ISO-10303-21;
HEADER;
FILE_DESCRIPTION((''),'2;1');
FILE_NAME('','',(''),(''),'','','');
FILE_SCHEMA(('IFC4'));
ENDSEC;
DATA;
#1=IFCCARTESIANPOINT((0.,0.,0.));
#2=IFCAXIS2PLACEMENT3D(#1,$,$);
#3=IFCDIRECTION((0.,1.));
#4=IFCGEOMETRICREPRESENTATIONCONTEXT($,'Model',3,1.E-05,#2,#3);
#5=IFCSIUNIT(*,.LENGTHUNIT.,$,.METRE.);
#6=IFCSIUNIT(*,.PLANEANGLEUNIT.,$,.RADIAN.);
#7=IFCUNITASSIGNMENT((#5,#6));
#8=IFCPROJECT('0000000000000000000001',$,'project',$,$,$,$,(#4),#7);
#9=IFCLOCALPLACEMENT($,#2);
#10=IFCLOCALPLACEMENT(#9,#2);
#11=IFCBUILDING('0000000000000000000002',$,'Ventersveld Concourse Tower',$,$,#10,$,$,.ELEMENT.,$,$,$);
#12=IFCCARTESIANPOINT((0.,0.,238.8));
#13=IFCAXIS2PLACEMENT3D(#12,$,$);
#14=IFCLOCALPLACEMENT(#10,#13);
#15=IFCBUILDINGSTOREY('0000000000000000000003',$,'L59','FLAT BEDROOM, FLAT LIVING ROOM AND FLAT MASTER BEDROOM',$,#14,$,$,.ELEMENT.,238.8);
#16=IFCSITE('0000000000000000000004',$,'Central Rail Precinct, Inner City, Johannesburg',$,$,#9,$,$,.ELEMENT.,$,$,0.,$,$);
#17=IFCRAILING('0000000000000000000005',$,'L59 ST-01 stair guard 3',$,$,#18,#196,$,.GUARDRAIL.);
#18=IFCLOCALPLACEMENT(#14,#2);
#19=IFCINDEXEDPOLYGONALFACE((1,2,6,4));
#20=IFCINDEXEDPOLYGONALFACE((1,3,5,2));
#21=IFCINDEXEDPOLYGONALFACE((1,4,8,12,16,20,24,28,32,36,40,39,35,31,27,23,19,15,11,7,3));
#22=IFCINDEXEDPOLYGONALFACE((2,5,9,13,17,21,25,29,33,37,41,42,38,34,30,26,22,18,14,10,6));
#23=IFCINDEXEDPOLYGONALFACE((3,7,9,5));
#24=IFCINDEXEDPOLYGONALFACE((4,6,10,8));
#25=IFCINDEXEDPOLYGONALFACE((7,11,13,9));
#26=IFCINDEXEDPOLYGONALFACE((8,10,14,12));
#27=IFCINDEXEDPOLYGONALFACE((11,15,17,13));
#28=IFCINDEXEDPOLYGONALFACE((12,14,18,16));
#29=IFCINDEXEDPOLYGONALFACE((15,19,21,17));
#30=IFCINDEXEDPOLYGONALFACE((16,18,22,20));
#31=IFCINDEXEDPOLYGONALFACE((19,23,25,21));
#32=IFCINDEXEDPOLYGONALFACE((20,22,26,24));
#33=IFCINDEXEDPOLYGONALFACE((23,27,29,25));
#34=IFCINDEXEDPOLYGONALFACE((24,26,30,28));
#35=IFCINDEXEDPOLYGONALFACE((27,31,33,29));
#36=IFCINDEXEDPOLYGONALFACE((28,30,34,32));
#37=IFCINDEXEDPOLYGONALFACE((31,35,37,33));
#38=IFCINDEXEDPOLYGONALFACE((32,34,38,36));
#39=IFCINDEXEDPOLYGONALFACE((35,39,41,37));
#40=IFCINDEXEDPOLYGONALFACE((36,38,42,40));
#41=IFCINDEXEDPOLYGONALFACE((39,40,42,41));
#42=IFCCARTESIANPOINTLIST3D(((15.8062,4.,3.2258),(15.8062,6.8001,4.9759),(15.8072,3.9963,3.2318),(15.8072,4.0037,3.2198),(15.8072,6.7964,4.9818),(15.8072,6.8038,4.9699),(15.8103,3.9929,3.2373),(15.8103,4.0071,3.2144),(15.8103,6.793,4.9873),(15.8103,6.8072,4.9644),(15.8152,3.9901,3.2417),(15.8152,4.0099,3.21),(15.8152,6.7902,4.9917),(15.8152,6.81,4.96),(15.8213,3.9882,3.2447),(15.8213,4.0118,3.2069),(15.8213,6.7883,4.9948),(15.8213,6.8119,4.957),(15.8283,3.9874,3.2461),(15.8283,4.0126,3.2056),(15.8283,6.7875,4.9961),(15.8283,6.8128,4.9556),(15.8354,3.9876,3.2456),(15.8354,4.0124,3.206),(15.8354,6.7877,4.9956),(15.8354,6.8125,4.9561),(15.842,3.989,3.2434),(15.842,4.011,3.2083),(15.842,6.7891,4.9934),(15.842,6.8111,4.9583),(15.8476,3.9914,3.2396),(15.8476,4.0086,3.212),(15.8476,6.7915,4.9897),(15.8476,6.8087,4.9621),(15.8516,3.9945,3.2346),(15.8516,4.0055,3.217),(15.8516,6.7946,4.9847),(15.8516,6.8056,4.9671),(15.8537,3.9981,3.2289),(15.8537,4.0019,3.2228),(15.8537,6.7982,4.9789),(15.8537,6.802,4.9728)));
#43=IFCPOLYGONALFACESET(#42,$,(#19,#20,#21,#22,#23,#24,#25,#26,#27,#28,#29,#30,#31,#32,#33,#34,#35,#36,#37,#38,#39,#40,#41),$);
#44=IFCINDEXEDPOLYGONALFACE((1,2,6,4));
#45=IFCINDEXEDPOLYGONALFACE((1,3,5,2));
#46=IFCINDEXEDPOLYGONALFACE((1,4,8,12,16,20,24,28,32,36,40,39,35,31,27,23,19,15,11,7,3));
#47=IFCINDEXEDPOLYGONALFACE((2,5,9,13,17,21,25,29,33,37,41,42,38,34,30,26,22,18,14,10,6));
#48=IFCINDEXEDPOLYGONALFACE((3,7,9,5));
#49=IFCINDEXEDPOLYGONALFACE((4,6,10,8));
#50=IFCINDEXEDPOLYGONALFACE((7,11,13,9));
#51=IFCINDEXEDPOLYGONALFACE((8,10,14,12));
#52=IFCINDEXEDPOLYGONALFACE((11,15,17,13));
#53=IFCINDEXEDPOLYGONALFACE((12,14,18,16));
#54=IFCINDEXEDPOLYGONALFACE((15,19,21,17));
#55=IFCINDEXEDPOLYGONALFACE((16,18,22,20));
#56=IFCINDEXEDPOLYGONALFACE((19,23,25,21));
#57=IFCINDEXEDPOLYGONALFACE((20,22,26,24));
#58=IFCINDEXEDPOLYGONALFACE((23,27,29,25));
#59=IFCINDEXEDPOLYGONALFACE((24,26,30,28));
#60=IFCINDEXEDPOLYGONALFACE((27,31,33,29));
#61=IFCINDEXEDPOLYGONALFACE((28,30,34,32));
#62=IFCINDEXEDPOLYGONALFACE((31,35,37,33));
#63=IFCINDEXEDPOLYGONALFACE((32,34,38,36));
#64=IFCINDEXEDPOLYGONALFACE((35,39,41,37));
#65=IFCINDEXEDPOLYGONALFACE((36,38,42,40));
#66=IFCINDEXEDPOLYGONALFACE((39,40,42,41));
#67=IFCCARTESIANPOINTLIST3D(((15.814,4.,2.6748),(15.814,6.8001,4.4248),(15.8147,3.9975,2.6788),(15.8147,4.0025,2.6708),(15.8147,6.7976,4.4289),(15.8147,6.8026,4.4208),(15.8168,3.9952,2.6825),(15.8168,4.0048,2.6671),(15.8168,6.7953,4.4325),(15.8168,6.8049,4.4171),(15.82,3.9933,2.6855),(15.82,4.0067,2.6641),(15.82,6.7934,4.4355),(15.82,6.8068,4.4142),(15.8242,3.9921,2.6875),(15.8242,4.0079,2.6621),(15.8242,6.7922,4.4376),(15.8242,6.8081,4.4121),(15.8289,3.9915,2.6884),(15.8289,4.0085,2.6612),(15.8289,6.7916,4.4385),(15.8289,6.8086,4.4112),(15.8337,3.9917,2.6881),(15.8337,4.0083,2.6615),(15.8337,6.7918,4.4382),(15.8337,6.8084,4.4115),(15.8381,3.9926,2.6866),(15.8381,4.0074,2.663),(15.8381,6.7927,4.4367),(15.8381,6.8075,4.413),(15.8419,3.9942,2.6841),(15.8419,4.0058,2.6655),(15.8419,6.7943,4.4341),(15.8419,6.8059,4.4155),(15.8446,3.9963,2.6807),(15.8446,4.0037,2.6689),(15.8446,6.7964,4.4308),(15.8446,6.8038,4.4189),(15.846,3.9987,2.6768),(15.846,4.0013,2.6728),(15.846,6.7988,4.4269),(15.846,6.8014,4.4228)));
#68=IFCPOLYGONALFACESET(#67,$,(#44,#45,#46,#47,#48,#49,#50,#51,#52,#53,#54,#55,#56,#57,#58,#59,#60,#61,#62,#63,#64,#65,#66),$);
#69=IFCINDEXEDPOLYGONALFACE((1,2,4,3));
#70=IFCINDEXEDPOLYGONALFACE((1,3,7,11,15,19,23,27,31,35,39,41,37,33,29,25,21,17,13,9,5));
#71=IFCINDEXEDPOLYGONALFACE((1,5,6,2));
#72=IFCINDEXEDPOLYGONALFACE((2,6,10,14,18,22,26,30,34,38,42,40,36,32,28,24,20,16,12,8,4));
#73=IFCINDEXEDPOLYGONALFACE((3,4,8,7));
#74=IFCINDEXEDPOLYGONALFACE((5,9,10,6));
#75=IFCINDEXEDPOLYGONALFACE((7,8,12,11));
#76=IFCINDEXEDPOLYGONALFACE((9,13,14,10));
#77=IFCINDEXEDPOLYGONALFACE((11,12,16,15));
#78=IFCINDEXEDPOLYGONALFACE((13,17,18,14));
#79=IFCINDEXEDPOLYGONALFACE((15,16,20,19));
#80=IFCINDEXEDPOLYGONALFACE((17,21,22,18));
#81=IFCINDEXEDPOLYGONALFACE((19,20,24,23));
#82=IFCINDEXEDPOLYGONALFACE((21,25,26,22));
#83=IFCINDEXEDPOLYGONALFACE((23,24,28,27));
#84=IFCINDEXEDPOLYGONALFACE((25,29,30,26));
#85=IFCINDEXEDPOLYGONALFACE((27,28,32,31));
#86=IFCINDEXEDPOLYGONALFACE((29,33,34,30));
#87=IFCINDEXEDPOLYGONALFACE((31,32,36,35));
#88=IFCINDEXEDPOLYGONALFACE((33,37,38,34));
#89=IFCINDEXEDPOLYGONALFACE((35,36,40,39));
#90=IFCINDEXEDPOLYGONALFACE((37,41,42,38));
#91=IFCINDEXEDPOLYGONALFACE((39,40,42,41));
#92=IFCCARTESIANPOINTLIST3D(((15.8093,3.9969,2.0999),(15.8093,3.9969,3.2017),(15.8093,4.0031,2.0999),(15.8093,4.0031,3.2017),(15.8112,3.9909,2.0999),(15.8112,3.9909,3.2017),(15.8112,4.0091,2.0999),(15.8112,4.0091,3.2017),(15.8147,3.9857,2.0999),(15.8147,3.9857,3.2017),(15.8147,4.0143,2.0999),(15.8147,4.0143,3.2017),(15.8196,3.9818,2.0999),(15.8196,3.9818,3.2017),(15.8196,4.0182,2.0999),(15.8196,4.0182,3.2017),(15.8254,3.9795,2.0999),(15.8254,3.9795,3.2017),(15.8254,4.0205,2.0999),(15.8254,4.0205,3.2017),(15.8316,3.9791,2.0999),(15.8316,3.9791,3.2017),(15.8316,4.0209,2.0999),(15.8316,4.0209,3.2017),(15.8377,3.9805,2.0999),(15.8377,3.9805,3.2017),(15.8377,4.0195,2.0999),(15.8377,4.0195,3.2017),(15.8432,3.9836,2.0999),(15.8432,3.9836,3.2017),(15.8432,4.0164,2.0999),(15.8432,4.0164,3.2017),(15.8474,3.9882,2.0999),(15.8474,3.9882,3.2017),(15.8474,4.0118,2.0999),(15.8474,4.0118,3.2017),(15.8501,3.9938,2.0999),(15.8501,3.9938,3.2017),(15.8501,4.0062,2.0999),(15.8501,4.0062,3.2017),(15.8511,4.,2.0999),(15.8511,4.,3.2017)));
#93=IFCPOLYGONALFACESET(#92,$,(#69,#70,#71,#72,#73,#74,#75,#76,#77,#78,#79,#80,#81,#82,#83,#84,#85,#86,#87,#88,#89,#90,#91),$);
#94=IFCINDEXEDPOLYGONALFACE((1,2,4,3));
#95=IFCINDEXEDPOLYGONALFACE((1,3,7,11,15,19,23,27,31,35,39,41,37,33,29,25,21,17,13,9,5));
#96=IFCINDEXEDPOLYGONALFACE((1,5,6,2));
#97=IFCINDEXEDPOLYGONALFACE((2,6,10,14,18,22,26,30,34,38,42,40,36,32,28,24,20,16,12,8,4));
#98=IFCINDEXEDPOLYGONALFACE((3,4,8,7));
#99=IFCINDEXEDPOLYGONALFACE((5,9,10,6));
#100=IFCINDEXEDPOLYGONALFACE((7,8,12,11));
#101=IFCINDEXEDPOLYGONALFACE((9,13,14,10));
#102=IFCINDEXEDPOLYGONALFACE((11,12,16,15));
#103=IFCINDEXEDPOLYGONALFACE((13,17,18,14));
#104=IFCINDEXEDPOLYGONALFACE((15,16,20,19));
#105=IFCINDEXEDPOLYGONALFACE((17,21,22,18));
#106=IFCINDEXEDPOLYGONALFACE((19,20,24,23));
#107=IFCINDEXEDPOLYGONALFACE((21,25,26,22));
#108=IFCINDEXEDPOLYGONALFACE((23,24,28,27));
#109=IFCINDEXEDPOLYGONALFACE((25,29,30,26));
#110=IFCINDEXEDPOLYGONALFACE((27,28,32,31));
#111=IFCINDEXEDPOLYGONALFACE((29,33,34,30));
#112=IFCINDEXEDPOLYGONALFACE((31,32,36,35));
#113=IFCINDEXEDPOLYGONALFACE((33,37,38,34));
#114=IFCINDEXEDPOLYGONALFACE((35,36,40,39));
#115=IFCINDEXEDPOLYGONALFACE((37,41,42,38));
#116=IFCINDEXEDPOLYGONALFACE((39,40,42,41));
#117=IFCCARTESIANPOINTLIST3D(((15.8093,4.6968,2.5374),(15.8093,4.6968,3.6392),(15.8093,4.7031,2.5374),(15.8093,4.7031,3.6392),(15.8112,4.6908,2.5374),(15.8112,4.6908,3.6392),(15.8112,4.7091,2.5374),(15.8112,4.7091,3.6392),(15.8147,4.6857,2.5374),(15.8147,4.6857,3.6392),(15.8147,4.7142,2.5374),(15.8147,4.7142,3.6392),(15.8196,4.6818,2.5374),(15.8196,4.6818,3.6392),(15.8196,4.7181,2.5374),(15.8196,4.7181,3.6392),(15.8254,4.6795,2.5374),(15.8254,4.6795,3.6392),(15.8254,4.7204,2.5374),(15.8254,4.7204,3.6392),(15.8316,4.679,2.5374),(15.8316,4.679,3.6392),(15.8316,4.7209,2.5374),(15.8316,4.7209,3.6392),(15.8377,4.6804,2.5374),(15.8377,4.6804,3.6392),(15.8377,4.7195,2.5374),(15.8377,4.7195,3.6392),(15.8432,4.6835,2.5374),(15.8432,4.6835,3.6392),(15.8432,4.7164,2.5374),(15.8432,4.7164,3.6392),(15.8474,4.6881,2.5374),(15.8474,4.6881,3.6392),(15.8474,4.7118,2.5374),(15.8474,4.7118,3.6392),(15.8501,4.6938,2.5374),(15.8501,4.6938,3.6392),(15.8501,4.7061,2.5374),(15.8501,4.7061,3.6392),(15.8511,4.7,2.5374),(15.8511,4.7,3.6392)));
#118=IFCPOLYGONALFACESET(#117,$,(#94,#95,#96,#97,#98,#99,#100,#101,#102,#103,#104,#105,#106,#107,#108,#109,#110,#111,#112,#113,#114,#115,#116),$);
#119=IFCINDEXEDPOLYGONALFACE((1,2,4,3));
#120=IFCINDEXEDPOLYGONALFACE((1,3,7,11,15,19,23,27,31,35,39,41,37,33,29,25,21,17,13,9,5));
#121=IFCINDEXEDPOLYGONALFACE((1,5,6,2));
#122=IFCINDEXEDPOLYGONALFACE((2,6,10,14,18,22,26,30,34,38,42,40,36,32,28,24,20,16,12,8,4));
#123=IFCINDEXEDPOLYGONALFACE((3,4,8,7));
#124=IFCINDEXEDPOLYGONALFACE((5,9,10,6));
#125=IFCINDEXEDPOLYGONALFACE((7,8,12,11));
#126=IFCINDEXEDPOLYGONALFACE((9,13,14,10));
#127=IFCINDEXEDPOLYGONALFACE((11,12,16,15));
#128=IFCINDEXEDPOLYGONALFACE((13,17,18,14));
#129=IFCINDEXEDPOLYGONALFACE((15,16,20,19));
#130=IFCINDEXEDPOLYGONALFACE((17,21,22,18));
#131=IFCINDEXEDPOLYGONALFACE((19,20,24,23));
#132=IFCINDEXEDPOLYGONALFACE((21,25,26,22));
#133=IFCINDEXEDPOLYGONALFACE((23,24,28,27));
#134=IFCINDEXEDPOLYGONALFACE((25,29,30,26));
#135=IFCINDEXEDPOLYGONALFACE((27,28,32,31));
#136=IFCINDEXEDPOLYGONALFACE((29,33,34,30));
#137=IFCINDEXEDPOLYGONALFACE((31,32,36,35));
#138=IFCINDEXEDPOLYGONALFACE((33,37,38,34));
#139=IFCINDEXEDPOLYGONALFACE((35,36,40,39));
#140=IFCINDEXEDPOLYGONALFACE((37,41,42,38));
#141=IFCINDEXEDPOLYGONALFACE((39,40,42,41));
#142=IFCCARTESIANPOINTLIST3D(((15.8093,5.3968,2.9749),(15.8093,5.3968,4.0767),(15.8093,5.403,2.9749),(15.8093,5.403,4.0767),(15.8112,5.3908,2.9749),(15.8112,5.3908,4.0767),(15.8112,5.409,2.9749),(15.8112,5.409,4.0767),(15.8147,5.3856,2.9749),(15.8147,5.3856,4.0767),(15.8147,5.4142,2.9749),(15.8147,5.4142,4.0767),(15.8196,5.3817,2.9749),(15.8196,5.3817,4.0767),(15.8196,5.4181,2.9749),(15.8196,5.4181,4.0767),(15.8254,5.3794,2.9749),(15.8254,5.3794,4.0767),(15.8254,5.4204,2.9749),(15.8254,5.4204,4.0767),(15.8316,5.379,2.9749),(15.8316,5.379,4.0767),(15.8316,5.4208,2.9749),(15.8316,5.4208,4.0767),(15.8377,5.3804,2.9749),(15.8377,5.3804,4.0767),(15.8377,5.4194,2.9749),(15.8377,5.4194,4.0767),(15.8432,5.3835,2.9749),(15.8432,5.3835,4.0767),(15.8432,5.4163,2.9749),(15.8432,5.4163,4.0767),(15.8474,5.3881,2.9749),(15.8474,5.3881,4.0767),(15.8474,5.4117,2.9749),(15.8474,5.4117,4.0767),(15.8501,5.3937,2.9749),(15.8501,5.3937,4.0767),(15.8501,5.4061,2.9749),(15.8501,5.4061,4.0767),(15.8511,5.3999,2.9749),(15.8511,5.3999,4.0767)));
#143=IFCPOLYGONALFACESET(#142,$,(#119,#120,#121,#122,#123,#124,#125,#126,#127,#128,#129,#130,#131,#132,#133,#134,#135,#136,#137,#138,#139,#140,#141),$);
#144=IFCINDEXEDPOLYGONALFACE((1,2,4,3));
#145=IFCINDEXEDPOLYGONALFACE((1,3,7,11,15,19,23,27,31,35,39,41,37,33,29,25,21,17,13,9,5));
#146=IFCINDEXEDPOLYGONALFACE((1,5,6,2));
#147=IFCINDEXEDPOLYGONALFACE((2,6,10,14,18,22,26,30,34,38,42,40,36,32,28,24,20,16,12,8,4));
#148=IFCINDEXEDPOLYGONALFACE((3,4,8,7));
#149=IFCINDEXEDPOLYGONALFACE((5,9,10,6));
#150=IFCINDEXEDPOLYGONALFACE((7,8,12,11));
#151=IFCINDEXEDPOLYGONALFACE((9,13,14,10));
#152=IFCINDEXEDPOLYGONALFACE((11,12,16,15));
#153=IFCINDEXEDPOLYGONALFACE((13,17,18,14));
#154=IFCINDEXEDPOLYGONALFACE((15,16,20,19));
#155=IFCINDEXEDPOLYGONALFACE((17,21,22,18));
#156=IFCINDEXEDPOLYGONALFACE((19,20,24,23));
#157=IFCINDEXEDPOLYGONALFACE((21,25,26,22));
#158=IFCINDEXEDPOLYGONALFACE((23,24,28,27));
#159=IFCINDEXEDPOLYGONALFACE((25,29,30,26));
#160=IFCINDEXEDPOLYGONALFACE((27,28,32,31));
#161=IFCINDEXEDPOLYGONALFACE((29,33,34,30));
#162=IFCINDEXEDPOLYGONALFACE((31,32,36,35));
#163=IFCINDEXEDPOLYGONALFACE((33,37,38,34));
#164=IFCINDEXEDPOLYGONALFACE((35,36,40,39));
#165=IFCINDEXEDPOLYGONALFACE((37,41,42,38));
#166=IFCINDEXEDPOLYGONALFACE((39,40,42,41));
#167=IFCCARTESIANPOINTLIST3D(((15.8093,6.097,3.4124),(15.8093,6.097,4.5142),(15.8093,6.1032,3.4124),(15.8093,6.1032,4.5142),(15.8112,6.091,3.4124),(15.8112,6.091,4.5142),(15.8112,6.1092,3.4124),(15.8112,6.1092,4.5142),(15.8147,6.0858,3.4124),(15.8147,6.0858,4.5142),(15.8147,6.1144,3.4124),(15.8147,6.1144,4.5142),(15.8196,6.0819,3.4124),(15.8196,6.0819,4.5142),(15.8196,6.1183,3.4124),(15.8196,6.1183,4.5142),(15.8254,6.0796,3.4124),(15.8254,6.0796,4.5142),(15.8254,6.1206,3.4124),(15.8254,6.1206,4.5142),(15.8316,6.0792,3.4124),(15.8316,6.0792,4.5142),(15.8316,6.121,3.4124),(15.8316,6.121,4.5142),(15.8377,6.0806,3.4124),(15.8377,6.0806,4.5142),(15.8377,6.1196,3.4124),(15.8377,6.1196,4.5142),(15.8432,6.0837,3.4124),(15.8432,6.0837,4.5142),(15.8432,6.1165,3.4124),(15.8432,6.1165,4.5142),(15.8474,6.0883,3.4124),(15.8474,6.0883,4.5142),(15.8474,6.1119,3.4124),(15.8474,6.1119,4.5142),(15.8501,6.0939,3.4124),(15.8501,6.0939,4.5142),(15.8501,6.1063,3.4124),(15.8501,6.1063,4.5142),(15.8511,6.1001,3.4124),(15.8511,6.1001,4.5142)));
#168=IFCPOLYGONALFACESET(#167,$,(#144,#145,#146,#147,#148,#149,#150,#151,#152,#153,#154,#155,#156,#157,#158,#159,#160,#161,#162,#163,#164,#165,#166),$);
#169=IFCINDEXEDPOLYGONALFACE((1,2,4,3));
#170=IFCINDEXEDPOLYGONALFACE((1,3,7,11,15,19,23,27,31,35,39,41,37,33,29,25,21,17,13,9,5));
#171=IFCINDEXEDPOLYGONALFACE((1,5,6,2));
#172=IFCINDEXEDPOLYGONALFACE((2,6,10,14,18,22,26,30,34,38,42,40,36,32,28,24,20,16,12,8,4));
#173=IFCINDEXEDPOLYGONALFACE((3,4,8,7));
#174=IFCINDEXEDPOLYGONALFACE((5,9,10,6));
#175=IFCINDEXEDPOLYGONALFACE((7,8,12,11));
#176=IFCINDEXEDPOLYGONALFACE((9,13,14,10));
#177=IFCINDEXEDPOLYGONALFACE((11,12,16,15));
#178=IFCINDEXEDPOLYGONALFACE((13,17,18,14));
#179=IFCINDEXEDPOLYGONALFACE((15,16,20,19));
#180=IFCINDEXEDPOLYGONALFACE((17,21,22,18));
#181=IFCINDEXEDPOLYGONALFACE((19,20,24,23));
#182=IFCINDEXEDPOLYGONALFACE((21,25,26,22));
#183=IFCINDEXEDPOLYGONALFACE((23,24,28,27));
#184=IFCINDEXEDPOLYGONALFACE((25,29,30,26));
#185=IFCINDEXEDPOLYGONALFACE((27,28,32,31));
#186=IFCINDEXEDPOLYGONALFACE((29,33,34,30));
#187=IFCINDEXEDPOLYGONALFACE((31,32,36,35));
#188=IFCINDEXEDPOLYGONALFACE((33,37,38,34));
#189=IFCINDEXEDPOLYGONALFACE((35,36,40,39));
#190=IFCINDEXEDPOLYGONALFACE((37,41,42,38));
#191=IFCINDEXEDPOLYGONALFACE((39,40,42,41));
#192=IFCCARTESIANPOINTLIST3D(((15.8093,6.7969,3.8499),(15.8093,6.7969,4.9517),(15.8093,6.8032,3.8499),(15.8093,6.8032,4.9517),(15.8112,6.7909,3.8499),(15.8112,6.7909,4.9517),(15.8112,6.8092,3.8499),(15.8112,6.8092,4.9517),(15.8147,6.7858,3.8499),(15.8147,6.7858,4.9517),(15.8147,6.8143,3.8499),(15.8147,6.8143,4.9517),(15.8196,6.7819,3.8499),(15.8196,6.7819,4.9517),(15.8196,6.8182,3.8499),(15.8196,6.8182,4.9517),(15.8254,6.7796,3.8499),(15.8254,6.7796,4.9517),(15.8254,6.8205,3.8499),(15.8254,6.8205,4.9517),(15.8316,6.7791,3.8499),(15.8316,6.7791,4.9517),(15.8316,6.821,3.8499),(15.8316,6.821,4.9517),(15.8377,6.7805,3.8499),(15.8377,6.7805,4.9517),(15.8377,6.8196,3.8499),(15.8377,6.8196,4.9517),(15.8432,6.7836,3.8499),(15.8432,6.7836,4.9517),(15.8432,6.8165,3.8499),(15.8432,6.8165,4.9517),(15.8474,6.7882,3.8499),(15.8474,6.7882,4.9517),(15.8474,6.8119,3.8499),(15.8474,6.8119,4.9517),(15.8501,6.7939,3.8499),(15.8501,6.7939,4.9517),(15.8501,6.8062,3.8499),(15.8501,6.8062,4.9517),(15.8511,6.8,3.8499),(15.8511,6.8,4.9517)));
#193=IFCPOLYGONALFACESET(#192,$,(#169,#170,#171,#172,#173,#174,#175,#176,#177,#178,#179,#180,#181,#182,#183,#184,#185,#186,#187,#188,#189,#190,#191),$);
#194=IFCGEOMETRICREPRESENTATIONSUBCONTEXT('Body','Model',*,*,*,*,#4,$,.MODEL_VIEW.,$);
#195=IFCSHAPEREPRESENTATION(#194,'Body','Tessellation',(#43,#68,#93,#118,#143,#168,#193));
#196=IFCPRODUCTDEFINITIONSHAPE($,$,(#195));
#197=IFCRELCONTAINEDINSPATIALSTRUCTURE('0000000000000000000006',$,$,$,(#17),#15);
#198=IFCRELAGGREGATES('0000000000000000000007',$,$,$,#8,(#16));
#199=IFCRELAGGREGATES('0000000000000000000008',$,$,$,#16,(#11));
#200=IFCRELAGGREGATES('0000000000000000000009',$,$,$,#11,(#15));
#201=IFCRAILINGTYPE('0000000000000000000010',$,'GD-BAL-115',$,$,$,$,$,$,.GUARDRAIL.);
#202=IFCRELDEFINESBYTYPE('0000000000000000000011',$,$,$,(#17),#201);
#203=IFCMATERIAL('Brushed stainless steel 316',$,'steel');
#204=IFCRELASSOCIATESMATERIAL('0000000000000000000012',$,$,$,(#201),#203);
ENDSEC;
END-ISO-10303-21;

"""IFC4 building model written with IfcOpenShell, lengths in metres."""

from ifc_helpers import new_model, si_unit, direction, frame, origin, origin_2d, place, context, subcontext, project, spatial, circle, extrude, material, type_object, element, save


model = new_model("IFC4")

# Units and contexts
model_context = context("Model", 3, precision=1e-05, world=origin(), true_north=direction((0.0, 1.0)))
body_context = subcontext(model_context, "Body", "Model", "MODEL_VIEW")
ifc_project = project(units=[si_unit("LENGTHUNIT", "METRE"), si_unit("PLANEANGLEUNIT", "RADIAN")], contexts=[model_context])

# Site, building, storey
site_placement = place(None, origin())
site = spatial("IfcSite", under=ifc_project, at=site_placement, Name="Central Rail Precinct, Inner City, Johannesburg", CompositionType="ELEMENT", RefElevation=0.0)
building_placement = place(site_placement, origin())
building = spatial("IfcBuilding", under=site, at=building_placement, Name="Ventersveld Concourse Tower", CompositionType="ELEMENT")
storey_placement = place(building_placement, frame((0.0, 0.0, 238.8)))
storey = spatial("IfcBuildingStorey", under=building, at=storey_placement, Name="L59", Description="FLAT BEDROOM, FLAT LIVING ROOM AND FLAT MASTER BEDROOM", CompositionType="ELEMENT", Elevation=238.8)

# Shared definitions
ifc_material_1 = material(Name="Brushed stainless steel 316", Category="steel")

# Railing
railing_type_1 = type_object("IfcRailingType", Name="GD-BAL-115", PredefinedType="GUARDRAIL", material=ifc_material_1)
railing_1_placement = place(storey_placement, frame((15.8301, 4.0, 2.0999)))
element("IfcRailing", 1, at=railing_1_placement, inside=storey, type_object=railing_type_1, Name="L59 ST-01 stair guard 3", PredefinedType="GUARDRAIL", context=body_context, shape_type="SweptSolid", body=[
    extrude(circle(Radius=0.0239, at=origin_2d()), frame((0.0, 0.0, 1.126), z_axis=(0.0, 0.848002, 0.529992), x_axis=(-1.0, 0.0, 0.0)), (0.0, 0.0, 1.0), 3.302),
    extrude(circle(Radius=0.0161, at=origin_2d()), frame((0.0, 0.0, 0.575), z_axis=(0.0, 0.848002, 0.529992), x_axis=(-1.0, 0.0, 0.0)), (0.0, 0.0, 1.0), 3.302),
    extrude(circle(Radius=0.021, at=origin_2d()), origin(), (0.0, 0.0, 1.0), 1.1018),
    extrude(circle(Radius=0.021, at=origin_2d()), frame((0.0, 0.7, 0.4375)), (0.0, 0.0, 1.0), 1.1018),
    extrude(circle(Radius=0.021, at=origin_2d()), frame((0.0, 1.3999, 0.875)), (0.0, 0.0, 1.0), 1.1018),
    extrude(circle(Radius=0.021, at=origin_2d()), frame((0.0, 2.1001, 1.3125)), (0.0, 0.0, 1.0), 1.1018),
    extrude(circle(Radius=0.021, at=origin_2d()), frame((0.0, 2.8, 1.75)), (0.0, 0.0, 1.0), 1.1018),
])

save(model, "model.ifc")
